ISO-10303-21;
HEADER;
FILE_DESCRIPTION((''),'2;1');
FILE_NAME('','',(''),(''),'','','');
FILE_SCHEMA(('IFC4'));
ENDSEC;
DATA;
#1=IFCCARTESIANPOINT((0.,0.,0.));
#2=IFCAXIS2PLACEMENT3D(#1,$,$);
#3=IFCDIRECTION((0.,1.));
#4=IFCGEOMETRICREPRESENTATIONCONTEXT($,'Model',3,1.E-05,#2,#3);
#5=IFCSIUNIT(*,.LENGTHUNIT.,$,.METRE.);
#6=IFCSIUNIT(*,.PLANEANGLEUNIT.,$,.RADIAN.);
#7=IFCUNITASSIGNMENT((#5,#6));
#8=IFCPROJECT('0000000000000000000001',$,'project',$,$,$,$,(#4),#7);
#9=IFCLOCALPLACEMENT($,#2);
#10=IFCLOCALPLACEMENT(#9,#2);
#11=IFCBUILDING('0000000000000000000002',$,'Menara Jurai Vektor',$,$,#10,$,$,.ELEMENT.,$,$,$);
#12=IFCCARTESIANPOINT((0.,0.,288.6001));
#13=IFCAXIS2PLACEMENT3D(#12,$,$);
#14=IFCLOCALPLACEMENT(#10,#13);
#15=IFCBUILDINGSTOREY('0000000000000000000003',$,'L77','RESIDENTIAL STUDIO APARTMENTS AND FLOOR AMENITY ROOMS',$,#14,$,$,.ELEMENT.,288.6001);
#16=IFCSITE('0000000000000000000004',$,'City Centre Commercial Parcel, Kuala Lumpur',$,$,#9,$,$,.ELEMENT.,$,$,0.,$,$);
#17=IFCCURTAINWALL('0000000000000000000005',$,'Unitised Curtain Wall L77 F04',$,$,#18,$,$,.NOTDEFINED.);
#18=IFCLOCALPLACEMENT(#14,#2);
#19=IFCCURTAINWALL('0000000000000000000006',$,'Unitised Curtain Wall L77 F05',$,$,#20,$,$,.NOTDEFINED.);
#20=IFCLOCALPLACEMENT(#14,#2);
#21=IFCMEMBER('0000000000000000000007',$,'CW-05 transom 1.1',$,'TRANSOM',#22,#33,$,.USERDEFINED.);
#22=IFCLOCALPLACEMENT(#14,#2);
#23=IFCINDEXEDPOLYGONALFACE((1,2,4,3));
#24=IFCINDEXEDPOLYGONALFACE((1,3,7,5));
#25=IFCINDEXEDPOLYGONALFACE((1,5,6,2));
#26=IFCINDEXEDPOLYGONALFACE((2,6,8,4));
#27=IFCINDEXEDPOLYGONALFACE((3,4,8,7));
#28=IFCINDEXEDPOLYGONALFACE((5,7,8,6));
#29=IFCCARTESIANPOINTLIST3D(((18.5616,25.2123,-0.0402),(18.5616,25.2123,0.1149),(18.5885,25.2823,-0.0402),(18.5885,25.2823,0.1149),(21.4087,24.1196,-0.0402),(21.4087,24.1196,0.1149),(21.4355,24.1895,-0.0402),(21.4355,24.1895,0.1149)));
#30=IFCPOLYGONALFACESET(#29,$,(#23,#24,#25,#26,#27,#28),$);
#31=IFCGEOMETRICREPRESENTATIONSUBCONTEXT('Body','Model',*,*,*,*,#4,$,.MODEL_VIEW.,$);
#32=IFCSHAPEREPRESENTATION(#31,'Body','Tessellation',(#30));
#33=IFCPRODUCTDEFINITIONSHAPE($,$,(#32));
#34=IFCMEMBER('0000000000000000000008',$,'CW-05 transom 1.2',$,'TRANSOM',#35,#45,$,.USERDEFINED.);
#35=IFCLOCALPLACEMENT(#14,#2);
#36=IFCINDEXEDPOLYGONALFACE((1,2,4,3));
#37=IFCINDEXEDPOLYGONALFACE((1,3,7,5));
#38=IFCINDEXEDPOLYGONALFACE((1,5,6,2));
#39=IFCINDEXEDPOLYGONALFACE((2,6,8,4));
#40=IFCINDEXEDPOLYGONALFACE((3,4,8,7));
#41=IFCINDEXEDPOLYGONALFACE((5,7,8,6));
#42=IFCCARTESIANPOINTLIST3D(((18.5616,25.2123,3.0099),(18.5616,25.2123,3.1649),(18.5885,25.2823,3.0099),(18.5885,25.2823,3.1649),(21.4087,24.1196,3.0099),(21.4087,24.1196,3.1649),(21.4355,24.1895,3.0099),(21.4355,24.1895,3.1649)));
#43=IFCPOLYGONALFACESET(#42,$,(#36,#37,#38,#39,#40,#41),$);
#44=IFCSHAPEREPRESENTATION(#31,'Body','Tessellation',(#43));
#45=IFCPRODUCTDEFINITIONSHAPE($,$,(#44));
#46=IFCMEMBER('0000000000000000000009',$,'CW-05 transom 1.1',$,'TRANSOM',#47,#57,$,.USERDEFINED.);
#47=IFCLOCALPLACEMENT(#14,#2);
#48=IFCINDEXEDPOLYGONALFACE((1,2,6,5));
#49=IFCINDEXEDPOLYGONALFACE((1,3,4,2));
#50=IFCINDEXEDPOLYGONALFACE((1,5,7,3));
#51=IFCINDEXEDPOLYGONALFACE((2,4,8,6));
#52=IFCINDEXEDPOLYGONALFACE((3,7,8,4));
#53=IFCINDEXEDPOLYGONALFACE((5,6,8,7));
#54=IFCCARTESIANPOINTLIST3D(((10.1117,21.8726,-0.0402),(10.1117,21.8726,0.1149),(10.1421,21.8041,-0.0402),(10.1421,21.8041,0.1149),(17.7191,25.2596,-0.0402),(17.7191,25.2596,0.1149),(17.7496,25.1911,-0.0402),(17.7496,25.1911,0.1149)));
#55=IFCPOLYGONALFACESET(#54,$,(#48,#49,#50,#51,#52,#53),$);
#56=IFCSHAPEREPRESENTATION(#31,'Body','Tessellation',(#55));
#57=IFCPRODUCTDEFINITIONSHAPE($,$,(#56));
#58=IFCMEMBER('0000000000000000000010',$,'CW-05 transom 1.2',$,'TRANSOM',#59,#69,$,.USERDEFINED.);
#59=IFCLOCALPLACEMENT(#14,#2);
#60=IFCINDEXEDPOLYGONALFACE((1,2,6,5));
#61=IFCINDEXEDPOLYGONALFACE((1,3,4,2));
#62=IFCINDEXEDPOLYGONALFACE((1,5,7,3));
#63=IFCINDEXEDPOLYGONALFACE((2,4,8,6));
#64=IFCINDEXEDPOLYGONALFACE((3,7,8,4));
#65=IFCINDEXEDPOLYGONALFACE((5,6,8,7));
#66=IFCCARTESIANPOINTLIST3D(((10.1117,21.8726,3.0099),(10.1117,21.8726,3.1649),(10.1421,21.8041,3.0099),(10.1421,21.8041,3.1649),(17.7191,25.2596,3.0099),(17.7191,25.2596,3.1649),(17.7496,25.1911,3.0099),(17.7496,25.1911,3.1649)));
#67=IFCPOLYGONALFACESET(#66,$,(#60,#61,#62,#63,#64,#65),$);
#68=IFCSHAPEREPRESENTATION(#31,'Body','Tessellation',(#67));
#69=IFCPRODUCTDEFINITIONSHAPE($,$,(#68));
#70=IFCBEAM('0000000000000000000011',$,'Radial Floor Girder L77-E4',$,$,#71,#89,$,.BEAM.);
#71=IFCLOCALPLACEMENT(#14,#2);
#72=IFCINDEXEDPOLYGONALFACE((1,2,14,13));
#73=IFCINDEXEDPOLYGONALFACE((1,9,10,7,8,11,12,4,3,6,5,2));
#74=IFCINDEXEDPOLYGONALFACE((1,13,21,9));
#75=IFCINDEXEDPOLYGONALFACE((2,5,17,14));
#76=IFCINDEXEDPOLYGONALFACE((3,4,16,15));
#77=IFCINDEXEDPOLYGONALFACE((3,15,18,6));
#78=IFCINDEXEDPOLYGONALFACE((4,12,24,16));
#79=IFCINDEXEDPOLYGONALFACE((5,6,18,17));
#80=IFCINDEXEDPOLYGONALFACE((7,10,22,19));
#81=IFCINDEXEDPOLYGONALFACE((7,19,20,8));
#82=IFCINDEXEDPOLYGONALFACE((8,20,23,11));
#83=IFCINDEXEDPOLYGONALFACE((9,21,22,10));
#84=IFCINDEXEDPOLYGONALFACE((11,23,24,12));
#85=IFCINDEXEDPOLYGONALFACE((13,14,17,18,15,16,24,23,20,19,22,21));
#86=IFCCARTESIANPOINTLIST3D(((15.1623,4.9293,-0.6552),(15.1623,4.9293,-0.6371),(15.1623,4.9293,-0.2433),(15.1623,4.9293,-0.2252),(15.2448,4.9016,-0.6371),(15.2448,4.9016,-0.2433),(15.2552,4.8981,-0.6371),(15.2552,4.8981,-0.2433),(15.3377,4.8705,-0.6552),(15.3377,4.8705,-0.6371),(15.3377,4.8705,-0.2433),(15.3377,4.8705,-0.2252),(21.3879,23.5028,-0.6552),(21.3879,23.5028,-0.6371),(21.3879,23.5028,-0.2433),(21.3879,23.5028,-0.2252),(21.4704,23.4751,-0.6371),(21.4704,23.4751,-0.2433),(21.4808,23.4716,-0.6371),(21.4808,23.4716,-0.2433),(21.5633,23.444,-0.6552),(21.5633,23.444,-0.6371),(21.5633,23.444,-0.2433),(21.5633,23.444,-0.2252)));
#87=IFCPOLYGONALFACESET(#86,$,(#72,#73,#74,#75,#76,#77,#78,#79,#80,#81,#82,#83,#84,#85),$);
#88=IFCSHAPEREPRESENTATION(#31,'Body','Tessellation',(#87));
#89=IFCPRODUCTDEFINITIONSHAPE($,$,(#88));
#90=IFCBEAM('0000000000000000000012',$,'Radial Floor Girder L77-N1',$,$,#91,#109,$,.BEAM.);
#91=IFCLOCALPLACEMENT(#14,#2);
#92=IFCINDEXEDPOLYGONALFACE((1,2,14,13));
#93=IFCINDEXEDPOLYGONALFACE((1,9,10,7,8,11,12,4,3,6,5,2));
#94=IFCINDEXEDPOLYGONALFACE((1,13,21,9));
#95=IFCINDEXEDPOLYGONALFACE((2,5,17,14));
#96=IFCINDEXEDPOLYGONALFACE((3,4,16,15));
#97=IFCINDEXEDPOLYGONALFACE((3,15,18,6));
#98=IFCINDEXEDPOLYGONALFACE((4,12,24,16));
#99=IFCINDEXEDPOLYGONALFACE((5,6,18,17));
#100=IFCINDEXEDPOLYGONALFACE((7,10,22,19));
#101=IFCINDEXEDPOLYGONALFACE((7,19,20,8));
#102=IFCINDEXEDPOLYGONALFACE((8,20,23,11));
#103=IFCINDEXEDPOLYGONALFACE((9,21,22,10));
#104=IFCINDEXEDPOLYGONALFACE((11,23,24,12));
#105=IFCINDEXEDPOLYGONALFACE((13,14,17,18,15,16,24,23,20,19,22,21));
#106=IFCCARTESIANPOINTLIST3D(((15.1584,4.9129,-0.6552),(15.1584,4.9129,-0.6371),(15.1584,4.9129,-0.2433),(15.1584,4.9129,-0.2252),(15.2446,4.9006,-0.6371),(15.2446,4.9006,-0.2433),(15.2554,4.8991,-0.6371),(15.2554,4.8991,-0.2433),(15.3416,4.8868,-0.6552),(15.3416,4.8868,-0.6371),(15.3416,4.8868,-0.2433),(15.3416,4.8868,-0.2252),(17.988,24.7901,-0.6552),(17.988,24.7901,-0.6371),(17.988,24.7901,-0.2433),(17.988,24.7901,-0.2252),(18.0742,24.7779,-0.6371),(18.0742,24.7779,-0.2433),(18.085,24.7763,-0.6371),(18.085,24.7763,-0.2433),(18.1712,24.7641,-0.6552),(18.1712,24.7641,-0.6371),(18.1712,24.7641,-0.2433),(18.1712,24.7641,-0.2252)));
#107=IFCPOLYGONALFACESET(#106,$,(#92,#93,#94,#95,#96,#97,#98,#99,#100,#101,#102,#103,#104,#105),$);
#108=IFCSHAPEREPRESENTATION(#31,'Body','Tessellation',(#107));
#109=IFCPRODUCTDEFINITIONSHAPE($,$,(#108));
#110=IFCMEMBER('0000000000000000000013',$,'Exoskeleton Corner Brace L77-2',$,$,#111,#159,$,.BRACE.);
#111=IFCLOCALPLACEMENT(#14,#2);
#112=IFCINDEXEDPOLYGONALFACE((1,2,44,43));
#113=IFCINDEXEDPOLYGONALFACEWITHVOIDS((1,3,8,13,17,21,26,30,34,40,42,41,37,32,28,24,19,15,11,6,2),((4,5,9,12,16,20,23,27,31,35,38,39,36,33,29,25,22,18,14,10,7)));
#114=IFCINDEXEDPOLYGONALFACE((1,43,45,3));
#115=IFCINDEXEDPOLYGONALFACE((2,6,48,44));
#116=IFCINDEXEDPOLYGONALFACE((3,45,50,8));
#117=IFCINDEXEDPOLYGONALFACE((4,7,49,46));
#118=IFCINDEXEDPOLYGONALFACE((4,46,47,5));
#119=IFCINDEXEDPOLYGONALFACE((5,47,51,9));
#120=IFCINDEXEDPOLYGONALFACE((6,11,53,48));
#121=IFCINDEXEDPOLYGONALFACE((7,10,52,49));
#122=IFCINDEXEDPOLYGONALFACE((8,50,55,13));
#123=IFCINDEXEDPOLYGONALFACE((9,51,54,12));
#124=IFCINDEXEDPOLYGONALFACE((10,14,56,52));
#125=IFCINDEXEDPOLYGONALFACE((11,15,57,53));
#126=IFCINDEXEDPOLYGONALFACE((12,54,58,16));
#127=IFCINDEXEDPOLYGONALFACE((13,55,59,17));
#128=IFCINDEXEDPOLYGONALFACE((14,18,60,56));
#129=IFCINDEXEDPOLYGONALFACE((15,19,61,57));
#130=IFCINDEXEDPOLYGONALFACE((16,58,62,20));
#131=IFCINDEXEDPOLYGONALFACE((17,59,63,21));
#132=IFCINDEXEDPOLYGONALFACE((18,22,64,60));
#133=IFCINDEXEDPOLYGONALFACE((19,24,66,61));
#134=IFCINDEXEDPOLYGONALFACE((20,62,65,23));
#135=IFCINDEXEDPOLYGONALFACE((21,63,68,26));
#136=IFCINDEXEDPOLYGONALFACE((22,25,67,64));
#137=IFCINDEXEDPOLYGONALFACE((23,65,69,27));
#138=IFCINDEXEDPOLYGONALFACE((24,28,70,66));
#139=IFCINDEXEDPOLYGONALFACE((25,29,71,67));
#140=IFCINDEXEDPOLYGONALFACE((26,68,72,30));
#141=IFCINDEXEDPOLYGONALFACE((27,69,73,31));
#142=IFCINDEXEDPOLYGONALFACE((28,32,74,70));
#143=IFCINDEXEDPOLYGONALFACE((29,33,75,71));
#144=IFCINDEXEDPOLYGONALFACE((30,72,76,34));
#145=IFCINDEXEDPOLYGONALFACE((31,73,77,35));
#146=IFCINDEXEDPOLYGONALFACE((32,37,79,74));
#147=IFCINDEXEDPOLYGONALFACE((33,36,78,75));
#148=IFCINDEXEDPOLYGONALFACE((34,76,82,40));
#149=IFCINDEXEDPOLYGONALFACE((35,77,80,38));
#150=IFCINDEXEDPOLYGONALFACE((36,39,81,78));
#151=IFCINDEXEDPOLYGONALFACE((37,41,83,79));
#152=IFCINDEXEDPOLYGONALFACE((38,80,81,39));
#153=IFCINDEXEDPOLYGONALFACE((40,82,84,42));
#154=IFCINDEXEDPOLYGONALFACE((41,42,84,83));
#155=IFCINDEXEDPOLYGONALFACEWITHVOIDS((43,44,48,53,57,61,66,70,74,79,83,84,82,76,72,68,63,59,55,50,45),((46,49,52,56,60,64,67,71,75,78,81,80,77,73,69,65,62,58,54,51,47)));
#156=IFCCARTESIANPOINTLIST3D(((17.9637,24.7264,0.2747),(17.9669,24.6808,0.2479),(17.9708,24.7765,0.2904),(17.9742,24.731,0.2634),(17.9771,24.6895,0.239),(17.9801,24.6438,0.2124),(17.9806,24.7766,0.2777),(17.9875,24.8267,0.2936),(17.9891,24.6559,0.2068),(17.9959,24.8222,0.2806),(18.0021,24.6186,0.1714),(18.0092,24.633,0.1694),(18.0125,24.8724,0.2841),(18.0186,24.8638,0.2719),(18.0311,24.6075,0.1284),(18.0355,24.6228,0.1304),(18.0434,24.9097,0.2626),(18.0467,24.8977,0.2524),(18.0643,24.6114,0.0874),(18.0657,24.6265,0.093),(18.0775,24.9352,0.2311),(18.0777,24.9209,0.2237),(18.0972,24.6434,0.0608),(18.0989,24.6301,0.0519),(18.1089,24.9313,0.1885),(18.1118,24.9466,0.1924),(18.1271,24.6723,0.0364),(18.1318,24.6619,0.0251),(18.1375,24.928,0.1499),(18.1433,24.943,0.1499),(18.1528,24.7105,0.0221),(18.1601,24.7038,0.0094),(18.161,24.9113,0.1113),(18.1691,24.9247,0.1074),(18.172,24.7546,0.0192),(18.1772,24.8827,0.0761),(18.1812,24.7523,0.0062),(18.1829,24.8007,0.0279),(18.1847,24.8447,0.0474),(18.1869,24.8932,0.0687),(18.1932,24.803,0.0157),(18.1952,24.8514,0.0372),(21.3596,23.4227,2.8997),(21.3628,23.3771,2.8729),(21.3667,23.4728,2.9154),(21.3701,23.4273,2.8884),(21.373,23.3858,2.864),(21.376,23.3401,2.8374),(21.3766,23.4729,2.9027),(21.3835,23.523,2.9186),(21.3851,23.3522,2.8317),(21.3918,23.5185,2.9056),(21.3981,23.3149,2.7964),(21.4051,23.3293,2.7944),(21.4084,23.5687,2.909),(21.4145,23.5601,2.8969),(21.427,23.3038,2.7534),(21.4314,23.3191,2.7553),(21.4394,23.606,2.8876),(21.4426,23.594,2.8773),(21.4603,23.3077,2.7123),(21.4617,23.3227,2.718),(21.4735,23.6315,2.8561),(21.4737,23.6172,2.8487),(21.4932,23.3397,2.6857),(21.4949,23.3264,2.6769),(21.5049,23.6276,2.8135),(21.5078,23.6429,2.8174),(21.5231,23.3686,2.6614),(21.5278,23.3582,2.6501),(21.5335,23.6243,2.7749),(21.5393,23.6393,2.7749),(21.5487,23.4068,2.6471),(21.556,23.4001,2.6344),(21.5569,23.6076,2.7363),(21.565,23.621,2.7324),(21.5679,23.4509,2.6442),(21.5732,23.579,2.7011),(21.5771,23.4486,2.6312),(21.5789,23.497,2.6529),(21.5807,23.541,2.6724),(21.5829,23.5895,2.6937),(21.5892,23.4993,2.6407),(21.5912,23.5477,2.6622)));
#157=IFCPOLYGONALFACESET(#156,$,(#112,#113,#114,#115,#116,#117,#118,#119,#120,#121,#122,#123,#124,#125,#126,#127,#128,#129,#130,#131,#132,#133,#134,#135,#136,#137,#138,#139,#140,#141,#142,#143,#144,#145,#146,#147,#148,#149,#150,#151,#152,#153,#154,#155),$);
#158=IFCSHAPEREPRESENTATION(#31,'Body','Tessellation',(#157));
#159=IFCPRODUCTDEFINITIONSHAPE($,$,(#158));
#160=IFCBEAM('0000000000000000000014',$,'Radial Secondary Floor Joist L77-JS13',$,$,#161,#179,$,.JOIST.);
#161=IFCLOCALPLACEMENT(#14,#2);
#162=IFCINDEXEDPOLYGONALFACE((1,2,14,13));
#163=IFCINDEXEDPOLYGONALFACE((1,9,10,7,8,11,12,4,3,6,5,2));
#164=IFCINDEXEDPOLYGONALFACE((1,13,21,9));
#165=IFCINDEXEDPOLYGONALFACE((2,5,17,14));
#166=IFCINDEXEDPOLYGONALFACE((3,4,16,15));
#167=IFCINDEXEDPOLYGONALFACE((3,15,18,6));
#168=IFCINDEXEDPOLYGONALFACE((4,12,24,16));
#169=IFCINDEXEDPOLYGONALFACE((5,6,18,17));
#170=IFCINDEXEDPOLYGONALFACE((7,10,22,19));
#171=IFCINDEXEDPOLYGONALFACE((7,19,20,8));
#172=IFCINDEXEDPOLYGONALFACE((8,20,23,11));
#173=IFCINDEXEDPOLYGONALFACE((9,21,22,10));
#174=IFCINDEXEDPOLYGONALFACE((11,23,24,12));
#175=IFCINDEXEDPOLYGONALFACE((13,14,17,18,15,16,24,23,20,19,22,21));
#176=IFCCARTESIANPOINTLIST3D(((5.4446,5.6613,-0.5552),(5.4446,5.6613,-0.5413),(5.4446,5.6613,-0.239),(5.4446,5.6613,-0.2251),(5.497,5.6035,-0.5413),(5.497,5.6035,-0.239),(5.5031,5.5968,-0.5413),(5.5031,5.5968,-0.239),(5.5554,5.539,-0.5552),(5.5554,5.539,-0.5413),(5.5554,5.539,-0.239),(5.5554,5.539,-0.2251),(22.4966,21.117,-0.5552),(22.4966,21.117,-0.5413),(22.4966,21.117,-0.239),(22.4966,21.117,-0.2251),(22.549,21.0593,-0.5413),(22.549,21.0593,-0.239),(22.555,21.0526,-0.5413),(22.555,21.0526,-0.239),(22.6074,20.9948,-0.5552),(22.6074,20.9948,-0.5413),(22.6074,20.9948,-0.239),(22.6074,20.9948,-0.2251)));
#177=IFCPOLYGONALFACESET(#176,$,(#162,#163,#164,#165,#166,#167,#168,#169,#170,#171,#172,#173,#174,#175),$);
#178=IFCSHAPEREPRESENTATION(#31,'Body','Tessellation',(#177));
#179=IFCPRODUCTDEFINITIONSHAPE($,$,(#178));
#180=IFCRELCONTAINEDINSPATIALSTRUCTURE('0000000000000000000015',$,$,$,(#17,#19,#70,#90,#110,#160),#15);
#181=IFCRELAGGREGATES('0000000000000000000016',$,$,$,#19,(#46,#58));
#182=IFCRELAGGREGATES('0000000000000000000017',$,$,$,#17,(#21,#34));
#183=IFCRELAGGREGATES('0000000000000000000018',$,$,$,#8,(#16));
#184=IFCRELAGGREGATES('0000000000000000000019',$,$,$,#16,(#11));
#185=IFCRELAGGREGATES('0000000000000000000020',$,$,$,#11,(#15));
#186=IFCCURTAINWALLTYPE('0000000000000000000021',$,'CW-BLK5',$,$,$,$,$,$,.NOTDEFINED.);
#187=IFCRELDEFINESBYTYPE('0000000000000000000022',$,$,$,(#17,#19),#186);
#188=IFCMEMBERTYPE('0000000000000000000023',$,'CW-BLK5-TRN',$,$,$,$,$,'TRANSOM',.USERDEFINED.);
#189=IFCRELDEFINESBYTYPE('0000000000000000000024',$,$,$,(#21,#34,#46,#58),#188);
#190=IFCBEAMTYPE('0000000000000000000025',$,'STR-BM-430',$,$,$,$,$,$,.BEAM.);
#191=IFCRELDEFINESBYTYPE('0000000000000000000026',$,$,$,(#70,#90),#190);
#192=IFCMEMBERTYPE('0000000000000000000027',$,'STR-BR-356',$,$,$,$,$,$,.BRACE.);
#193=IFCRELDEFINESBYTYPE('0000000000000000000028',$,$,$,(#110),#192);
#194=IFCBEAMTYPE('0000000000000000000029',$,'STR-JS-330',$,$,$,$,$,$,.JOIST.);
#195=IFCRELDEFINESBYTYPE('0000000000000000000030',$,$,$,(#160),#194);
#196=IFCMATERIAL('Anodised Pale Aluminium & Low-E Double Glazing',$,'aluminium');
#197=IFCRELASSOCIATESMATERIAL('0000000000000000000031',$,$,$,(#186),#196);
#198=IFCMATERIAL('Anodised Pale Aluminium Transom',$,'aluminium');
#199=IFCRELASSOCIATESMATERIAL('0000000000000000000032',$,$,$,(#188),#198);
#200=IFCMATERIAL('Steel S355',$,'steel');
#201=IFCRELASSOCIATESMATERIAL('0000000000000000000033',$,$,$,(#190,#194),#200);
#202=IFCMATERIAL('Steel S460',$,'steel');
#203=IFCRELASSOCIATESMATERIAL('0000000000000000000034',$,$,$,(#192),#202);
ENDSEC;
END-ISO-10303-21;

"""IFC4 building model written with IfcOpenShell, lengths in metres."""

from ifc_helpers import new_model, si_unit, direction, frame, origin, origin_2d, place, context, subcontext, project, spatial, rectangle, hollow_circle, i_section, extrude, material, material_profile, profile_set, type_object, element, aggregate, save


model = new_model("IFC4")

# Units and contexts
model_context = context("Model", 3, precision=1e-05, world=origin(), true_north=direction((0.0, 1.0)))
body_context = subcontext(model_context, "Body", "Model", "MODEL_VIEW")
ifc_project = project(units=[si_unit("LENGTHUNIT", "METRE"), si_unit("PLANEANGLEUNIT", "RADIAN")], contexts=[model_context])

# Site, building, storey
site_placement = place(None, origin())
site = spatial("IfcSite", under=ifc_project, at=site_placement, Name="City Centre Commercial Parcel, Kuala Lumpur", CompositionType="ELEMENT", RefElevation=0.0)
building_placement = place(site_placement, origin())
building = spatial("IfcBuilding", under=site, at=building_placement, Name="Menara Jurai Vektor", CompositionType="ELEMENT")
storey_placement = place(building_placement, frame((0.0, 0.0, 288.6001)))
storey = spatial("IfcBuildingStorey", under=building, at=storey_placement, Name="L77", Description="RESIDENTIAL STUDIO APARTMENTS AND FLOOR AMENITY ROOMS", CompositionType="ELEMENT", Elevation=288.6001)

# Shared definitions
ifc_material_1 = material(Name="Steel S460", Category="steel")

# Curtain wall
ifc_material_2 = material(Name="Anodised Pale Aluminium & Low-E Double Glazing", Category="aluminium")
curtain_wall_type = type_object("IfcCurtainWallType", Name="CW-BLK5", PredefinedType="NOTDEFINED", material=ifc_material_2)
curtain_wall_1_placement = place(storey_placement, origin())
curtain_wall_1 = element("IfcCurtainWall", 1, at=curtain_wall_1_placement, inside=storey, type_object=curtain_wall_type, Name="Unitised Curtain Wall L77 F04", PredefinedType="NOTDEFINED")

# Curtain wall
curtain_wall_2_placement = place(storey_placement, origin())
curtain_wall_2 = element("IfcCurtainWall", 2, at=curtain_wall_2_placement, inside=storey, type_object=curtain_wall_type, Name="Unitised Curtain Wall L77 F05", PredefinedType="NOTDEFINED")

# Members
ifc_material_3 = material(Name="Anodised Pale Aluminium Transom", Category="aluminium")
ifc_material_profile_1 = material_profile(ifc_material_3, rectangle(XDim=0.075, YDim=0.155, at=origin_2d()), Name="ALU TRN 75x155")
ifc_profile_set_1 = profile_set([ifc_material_profile_1], Name="Anodised Pale Aluminium Transom")
member_type_1 = type_object("IfcMemberType", Name="CW-BLK5-TRN", ElementType="TRANSOM", PredefinedType="USERDEFINED", material=ifc_profile_set_1)
member_1_placement = place(storey_placement, frame((21.4221, 24.1545, 0.0374), z_axis=(-0.933597, 0.358325, 0.0), x_axis=(-0.358325, -0.933597, 0.0)))
member_1 = element("IfcMember", 3, at=member_1_placement, type_object=member_type_1, Name="CW-05 transom 1.1", ObjectType="TRANSOM", PredefinedType="USERDEFINED", context=body_context, shape_type="SweptSolid", body=[
    extrude(rectangle(XDim=0.075, YDim=0.155, at=origin_2d()), origin(), (0.0, 0.0, 1.0), 3.0496),
])
member_2_placement = place(storey_placement, frame((21.4221, 24.1545, 3.0874), z_axis=(-0.933597, 0.358325, 0.0), x_axis=(-0.358325, -0.933597, 0.0)))
member_2 = element("IfcMember", 4, at=member_2_placement, type_object=member_type_1, Name="CW-05 transom 1.2", ObjectType="TRANSOM", PredefinedType="USERDEFINED", context=body_context, shape_type="SweptSolid", body=[
    extrude(rectangle(XDim=0.075, YDim=0.155, at=origin_2d()), origin(), (0.0, 0.0, 1.0), 3.0496),
])
member_3_placement = place(storey_placement, frame((17.7344, 25.2253, 0.0374), z_axis=(-0.913549, -0.406729, 0.0), x_axis=(0.406729, -0.913549, 0.0)))
member_3 = element("IfcMember", 5, at=member_3_placement, type_object=member_type_1, Name="CW-05 transom 1.1", ObjectType="TRANSOM", PredefinedType="USERDEFINED", context=body_context, shape_type="SweptSolid", body=[
    extrude(rectangle(XDim=0.075, YDim=0.155, at=origin_2d()), origin(), (0.0, 0.0, 1.0), 8.3274),
])
member_4_placement = place(storey_placement, frame((17.7344, 25.2253, 3.0874), z_axis=(-0.913549, -0.406729, 0.0), x_axis=(0.406729, -0.913549, 0.0)))
member_4 = element("IfcMember", 6, at=member_4_placement, type_object=member_type_1, Name="CW-05 transom 1.2", ObjectType="TRANSOM", PredefinedType="USERDEFINED", context=body_context, shape_type="SweptSolid", body=[
    extrude(rectangle(XDim=0.075, YDim=0.155, at=origin_2d()), origin(), (0.0, 0.0, 1.0), 8.3274),
])

# Beams
ifc_material_4 = material(Name="Steel S355", Category="steel")
ifc_material_profile_2 = material_profile(ifc_material_4, i_section(OverallWidth=0.1851, OverallDepth=0.4299, WebThickness=0.011, FlangeThickness=0.0181, at=origin_2d()), Name="PG 430x185x76")
ifc_profile_set_2 = profile_set([ifc_material_profile_2], Name="Steel S355")
beam_type_1 = type_object("IfcBeamType", Name="STR-BM-430", PredefinedType="BEAM", material=ifc_profile_set_2)
beam_1_placement = place(storey_placement, frame((21.4756, 23.4734, -0.4402), z_axis=(-0.317809, -0.948155, 0.0), x_axis=(0.948155, -0.317809, 0.0)))
element("IfcBeam", 7, at=beam_1_placement, inside=storey, type_object=beam_type_1, Name="Radial Floor Girder L77-E4", PredefinedType="BEAM", context=body_context, shape_type="SweptSolid", body=[
    extrude(i_section(OverallWidth=0.1851, OverallDepth=0.4299, WebThickness=0.011, FlangeThickness=0.0181, at=origin_2d()), origin(), (0.0, 0.0, 1.0), 19.5891),
])
beam_2_placement = place(storey_placement, frame((18.0796, 24.7771, -0.4402), z_axis=(-0.140933, -0.990019, 0.0), x_axis=(0.990019, -0.140933, 0.0)))
element("IfcBeam", 8, at=beam_2_placement, inside=storey, type_object=beam_type_1, Name="Radial Floor Girder L77-N1", PredefinedType="BEAM", context=body_context, shape_type="SweptSolid", body=[
    extrude(i_section(OverallWidth=0.1851, OverallDepth=0.4299, WebThickness=0.011, FlangeThickness=0.0181, at=origin_2d()), origin(), (0.0, 0.0, 1.0), 20.0776),
])

# Member
ifc_material_profile_3 = material_profile(ifc_material_1, hollow_circle(Radius=0.1777, WallThickness=0.0161, at=origin_2d()), Name="CHS 355.6x16")
ifc_profile_set_3 = profile_set([ifc_material_profile_3], Name="Steel S460")
member_type_2 = type_object("IfcMemberType", Name="STR-BR-356", PredefinedType="BRACE", material=ifc_profile_set_3)
member_5_placement = place(storey_placement, frame((18.0796, 24.7771, 0.1499), z_axis=(0.757042, -0.290626, 0.58517), x_axis=(0.358394, 0.93357, 0.0)))
element("IfcMember", 9, at=member_5_placement, inside=storey, type_object=member_type_2, Name="Exoskeleton Corner Brace L77-2", PredefinedType="BRACE", context=body_context, shape_type="SweptSolid", body=[
    extrude(hollow_circle(Radius=0.1777, WallThickness=0.0161, at=origin_2d()), origin(), (0.0, 0.0, 1.0), 4.4858),
])

# Beam
ifc_material_profile_4 = material_profile(ifc_material_4, i_section(OverallWidth=0.165, OverallDepth=0.3301, WebThickness=0.009, FlangeThickness=0.0139, at=origin_2d()), Name="PG 330x165x46")
ifc_profile_set_4 = profile_set([ifc_material_profile_4], Name="Steel S355")
beam_type_2 = type_object("IfcBeamType", Name="STR-JS-330", PredefinedType="JOIST", material=ifc_profile_set_4)
beam_3_placement = place(storey_placement, frame((22.552, 21.0559, -0.3901), z_axis=(-0.740934, -0.671577, 0.0), x_axis=(0.671577, -0.740934, 0.0)))
element("IfcBeam", 10, at=beam_3_placement, inside=storey, type_object=beam_type_2, Name="Radial Secondary Floor Joist L77-JS13", PredefinedType="JOIST", context=body_context, shape_type="SweptSolid", body=[
    extrude(i_section(OverallWidth=0.165, OverallDepth=0.3301, WebThickness=0.009, FlangeThickness=0.0139, at=origin_2d()), origin(), (0.0, 0.0, 1.0), 23.0142),
])

aggregate(curtain_wall_2, [member_3, member_4])
aggregate(curtain_wall_1, [member_1, member_2])

save(model, "model.ifc")
